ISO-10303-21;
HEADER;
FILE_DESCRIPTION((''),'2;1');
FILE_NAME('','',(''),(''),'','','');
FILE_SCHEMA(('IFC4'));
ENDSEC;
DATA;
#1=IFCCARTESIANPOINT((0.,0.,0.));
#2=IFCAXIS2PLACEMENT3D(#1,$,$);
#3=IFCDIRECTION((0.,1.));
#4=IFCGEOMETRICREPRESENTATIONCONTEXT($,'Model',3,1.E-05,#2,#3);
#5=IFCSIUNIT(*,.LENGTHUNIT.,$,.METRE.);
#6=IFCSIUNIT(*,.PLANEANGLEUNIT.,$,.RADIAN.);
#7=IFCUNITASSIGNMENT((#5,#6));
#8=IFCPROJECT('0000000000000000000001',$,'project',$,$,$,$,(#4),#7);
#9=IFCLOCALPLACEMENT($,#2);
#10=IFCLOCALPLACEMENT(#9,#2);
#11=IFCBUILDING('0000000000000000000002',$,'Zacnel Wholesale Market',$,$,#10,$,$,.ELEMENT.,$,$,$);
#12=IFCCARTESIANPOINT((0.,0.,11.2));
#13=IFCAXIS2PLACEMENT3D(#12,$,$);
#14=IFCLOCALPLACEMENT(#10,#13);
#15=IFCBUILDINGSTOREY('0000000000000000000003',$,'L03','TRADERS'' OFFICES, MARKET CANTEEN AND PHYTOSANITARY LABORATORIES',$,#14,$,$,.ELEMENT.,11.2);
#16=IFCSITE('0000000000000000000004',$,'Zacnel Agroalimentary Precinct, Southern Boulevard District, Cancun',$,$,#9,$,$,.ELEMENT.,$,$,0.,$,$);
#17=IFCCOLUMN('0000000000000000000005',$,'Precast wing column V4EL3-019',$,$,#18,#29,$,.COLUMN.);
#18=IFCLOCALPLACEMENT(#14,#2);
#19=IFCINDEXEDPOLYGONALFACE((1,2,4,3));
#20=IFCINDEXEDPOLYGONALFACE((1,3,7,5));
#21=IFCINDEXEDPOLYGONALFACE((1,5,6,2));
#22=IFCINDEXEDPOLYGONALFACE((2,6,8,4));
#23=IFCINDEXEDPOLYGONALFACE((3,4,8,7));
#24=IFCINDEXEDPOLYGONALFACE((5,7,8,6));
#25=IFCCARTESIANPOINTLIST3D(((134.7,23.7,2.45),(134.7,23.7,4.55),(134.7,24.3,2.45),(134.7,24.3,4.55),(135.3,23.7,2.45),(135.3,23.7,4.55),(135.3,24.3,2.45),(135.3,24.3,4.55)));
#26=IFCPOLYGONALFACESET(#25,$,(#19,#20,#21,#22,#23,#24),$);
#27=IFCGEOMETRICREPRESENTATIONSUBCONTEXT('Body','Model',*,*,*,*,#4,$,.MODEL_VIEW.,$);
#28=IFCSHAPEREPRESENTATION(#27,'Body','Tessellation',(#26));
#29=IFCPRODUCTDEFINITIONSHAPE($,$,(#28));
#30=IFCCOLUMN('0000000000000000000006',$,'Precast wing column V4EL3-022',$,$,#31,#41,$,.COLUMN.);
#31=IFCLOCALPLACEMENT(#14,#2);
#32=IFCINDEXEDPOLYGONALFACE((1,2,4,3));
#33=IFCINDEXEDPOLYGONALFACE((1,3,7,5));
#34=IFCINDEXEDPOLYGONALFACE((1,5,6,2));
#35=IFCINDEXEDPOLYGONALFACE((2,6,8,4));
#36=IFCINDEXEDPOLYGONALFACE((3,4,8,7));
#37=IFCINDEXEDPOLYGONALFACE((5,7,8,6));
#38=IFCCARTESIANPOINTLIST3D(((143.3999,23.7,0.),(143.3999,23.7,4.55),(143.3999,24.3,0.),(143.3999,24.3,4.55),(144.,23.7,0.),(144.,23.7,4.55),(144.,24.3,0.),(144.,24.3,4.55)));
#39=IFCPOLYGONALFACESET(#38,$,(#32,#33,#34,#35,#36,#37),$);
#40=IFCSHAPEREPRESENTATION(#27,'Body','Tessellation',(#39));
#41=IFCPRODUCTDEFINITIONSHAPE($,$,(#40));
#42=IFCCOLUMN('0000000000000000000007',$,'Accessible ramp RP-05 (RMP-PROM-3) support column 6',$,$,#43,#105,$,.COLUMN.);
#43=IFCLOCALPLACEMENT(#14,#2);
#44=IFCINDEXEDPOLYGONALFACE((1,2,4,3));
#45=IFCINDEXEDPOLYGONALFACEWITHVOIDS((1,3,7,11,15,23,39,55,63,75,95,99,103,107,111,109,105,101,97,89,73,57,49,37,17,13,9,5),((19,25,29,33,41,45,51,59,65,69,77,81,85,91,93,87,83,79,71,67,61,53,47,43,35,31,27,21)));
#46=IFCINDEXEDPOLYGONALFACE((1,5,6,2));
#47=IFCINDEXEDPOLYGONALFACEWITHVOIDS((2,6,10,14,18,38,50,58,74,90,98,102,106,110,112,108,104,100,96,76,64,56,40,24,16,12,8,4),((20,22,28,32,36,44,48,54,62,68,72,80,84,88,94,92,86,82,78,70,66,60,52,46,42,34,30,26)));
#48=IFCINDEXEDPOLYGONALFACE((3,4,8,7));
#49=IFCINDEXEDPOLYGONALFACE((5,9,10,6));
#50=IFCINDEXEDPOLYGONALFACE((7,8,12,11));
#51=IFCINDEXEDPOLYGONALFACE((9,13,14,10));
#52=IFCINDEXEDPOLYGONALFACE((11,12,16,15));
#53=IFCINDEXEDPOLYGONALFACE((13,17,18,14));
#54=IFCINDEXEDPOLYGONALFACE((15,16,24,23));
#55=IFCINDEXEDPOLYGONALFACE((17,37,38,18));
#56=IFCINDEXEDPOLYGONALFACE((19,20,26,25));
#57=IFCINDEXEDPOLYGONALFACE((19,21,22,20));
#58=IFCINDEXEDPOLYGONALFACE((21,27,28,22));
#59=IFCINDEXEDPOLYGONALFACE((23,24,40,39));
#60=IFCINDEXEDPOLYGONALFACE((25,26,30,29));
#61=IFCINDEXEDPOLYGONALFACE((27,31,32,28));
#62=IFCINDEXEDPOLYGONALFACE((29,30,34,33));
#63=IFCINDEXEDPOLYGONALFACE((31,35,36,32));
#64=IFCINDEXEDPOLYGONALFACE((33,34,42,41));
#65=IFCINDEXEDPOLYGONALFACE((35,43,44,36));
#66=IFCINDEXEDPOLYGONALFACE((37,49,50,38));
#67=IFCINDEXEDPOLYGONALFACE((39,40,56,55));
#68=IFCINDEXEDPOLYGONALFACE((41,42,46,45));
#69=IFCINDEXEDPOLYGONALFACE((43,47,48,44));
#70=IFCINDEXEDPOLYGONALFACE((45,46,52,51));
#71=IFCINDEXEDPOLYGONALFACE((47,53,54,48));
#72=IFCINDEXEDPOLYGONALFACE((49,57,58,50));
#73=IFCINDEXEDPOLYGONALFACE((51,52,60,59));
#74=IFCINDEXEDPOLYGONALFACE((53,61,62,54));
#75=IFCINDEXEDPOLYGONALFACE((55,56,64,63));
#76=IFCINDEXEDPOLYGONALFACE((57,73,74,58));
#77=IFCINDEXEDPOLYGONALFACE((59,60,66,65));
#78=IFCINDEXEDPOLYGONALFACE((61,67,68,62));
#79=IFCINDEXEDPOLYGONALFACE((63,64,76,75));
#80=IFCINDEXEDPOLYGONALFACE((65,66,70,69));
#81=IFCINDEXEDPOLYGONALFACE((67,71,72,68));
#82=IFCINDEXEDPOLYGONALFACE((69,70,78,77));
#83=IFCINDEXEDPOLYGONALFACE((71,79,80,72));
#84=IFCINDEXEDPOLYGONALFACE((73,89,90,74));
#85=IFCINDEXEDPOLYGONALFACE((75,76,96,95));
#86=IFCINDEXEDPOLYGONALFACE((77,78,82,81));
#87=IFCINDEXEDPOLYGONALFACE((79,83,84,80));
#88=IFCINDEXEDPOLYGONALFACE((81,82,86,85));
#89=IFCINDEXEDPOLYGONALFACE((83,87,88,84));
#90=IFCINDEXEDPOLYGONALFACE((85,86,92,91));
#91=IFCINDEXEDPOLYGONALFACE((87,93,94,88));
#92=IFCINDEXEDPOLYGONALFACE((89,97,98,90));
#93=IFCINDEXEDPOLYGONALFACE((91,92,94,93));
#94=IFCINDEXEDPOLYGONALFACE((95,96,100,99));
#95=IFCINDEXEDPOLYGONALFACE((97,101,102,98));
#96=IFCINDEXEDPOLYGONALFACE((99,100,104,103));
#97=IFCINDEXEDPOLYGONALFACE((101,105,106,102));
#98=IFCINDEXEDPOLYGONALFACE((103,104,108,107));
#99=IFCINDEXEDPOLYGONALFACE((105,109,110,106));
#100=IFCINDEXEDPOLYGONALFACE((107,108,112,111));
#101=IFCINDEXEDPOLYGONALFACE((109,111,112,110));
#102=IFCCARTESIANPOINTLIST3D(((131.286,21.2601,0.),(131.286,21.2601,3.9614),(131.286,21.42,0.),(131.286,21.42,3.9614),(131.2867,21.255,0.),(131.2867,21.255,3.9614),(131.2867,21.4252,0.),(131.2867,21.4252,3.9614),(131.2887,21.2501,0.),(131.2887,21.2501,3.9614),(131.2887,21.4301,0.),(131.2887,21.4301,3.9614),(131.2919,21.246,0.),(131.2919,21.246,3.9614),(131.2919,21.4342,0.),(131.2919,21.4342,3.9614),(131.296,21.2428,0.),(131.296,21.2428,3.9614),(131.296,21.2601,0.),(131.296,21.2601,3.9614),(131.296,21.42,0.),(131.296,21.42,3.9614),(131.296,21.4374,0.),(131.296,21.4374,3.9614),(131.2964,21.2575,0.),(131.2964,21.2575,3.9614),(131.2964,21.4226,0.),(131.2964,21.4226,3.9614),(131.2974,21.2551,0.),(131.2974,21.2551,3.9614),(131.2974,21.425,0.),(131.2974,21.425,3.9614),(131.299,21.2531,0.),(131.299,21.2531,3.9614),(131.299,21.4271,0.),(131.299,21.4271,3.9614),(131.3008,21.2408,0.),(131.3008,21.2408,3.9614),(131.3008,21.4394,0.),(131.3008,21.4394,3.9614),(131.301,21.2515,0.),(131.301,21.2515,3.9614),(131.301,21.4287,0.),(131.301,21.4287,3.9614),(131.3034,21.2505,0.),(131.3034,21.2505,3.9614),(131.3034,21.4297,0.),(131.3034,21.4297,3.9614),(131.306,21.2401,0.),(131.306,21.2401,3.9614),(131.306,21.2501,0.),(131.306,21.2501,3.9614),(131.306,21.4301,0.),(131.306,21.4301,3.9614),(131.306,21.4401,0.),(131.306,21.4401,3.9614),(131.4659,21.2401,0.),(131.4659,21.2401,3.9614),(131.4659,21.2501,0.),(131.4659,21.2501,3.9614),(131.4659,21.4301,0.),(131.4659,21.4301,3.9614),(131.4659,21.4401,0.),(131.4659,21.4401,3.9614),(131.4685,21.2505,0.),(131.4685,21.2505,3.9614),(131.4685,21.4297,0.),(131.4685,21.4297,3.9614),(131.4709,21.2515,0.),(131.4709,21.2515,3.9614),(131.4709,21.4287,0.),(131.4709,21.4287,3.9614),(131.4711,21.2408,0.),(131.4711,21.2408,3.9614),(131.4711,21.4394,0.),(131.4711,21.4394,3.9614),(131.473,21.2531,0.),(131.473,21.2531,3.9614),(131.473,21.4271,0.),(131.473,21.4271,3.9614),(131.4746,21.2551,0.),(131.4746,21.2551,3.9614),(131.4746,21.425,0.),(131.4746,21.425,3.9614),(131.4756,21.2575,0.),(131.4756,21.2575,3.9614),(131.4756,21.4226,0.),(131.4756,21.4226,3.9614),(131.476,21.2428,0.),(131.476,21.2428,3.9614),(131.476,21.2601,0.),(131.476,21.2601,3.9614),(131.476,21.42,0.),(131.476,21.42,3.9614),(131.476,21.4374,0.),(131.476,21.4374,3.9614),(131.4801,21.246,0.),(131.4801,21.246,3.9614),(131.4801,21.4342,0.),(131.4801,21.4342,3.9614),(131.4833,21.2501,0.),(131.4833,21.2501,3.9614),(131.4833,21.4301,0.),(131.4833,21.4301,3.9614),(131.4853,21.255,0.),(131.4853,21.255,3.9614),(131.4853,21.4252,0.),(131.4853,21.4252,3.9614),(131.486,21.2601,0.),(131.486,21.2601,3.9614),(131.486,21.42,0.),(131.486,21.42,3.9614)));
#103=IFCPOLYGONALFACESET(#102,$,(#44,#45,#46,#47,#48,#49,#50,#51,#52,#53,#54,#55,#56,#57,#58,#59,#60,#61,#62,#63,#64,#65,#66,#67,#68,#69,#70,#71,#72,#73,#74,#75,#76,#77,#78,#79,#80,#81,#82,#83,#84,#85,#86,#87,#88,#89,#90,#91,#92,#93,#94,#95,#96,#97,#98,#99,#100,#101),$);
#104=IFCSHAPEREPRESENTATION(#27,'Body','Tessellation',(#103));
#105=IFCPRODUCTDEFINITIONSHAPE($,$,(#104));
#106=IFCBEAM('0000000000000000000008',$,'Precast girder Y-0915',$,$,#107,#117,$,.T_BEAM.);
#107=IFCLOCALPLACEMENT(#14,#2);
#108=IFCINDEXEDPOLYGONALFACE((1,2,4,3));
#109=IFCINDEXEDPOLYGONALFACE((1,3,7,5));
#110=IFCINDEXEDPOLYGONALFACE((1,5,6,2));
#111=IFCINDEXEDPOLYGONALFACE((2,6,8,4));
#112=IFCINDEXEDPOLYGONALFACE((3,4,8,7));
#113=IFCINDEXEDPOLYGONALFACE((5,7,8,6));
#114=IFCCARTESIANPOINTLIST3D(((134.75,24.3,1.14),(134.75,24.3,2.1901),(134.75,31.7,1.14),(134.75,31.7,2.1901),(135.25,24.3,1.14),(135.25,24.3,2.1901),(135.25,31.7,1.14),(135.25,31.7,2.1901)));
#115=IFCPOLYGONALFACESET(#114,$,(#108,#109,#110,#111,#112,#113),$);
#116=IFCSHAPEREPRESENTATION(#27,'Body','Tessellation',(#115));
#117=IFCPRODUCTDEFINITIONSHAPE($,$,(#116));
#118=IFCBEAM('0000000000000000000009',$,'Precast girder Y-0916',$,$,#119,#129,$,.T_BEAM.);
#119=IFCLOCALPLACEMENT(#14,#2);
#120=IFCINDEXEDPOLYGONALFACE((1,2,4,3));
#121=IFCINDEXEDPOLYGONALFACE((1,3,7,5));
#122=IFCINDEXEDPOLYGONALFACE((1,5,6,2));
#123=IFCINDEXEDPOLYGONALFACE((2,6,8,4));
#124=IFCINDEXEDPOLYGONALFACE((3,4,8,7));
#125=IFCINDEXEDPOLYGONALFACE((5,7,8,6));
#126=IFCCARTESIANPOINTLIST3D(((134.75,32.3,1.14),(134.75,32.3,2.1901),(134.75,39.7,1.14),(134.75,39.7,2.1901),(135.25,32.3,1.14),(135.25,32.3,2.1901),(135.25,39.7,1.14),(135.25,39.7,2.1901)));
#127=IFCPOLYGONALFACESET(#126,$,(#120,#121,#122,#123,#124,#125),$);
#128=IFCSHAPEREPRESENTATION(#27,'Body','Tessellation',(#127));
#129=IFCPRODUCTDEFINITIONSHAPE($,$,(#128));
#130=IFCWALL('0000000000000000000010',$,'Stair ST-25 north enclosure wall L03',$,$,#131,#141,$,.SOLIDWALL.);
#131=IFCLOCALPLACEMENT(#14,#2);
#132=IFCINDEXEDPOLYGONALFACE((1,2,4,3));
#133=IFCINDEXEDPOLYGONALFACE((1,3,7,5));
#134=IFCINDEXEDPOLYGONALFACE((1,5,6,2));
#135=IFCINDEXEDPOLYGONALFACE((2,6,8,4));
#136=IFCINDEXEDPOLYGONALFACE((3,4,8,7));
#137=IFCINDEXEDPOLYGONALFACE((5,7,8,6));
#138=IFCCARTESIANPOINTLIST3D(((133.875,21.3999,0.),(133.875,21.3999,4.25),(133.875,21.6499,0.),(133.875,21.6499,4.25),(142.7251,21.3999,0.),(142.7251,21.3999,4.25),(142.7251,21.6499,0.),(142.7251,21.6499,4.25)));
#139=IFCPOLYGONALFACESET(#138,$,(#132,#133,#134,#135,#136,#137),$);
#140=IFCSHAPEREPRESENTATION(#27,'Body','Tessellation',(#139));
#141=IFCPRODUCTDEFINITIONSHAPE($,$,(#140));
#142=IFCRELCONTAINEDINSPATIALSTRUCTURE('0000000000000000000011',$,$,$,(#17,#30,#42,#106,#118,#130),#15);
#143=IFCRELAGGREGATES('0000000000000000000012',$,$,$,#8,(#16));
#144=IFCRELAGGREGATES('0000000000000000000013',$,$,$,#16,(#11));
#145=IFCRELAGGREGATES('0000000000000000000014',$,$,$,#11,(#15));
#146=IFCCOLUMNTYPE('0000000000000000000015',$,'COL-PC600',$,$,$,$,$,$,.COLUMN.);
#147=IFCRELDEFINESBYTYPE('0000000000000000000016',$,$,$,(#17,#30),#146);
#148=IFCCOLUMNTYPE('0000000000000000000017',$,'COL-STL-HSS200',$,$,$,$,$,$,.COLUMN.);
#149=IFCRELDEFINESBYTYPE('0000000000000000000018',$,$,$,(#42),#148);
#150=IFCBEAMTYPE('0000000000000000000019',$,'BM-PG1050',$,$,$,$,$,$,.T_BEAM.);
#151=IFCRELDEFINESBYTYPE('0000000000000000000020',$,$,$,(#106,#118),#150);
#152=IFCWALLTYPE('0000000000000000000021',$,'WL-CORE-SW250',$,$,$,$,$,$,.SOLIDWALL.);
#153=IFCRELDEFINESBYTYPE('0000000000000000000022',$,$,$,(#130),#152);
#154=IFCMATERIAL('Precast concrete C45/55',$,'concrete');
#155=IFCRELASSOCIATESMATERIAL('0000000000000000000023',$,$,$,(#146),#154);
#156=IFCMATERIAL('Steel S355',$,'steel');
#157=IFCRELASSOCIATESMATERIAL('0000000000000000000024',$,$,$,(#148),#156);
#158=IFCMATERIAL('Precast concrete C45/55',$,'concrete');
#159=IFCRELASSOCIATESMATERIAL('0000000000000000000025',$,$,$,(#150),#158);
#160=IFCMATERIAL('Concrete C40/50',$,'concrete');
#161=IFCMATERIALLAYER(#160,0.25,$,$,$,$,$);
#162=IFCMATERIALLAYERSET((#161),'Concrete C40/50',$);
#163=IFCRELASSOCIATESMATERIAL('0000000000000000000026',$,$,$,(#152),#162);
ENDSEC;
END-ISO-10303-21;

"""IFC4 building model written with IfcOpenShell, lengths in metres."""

from ifc_helpers import new_model, si_unit, direction, frame, frame_2d, origin, origin_2d, place, context, subcontext, project, spatial, rectangle, hollow_rectangle, extrude, material, layer, layer_set, material_profile, profile_set, type_object, element, save


model = new_model("IFC4")

# Units and contexts
model_context = context("Model", 3, precision=1e-05, world=origin(), true_north=direction((0.0, 1.0)))
body_context = subcontext(model_context, "Body", "Model", "MODEL_VIEW")
ifc_project = project(units=[si_unit("LENGTHUNIT", "METRE"), si_unit("PLANEANGLEUNIT", "RADIAN")], contexts=[model_context])

# Site, building, storey
site_placement = place(None, origin())
site = spatial("IfcSite", under=ifc_project, at=site_placement, Name="Zacnel Agroalimentary Precinct, Southern Boulevard District, Cancun", CompositionType="ELEMENT", RefElevation=0.0)
building_placement = place(site_placement, origin())
building = spatial("IfcBuilding", under=site, at=building_placement, Name="Zacnel Wholesale Market", CompositionType="ELEMENT")
storey_placement = place(building_placement, frame((0.0, 0.0, 11.2)))
storey = spatial("IfcBuildingStorey", under=building, at=storey_placement, Name="L03", Description="TRADERS' OFFICES, MARKET CANTEEN AND PHYTOSANITARY LABORATORIES", CompositionType="ELEMENT", Elevation=11.2)

# Columns
ifc_material_1 = material(Name="Precast concrete C45/55", Category="concrete")
ifc_material_profile_1 = material_profile(ifc_material_1, rectangle(XDim=0.6001, YDim=0.6001, at=origin_2d()), Name="PC 600x600")
ifc_profile_set_1 = profile_set([ifc_material_profile_1], Name="Precast concrete C45/55")
column_type_1 = type_object("IfcColumnType", Name="COL-PC600", PredefinedType="COLUMN", material=ifc_profile_set_1)
column_1_placement = place(storey_placement, frame((135.0, 24.0, 2.45), z_axis=(0.0, 0.0, 1.0), x_axis=(1.0, 0.0, 0.0)))
element("IfcColumn", 1, at=column_1_placement, inside=storey, type_object=column_type_1, Name="Precast wing column V4EL3-019", PredefinedType="COLUMN", context=body_context, shape_type="SweptSolid", body=[
    extrude(rectangle(XDim=0.6001, YDim=0.6001, at=origin_2d()), origin(), (0.0, 0.0, 1.0), 2.1001),
])
column_2_placement = place(storey_placement, frame((143.7, 24.0, 0.0), z_axis=(0.0, 0.0, 1.0), x_axis=(1.0, 0.0, 0.0)))
element("IfcColumn", 2, at=column_2_placement, inside=storey, type_object=column_type_1, Name="Precast wing column V4EL3-022", PredefinedType="COLUMN", context=body_context, shape_type="SweptSolid", body=[
    extrude(rectangle(XDim=0.6001, YDim=0.6001, at=origin_2d()), origin(), (0.0, 0.0, 1.0), 4.55),
])
ifc_material_2 = material(Name="Steel S355", Category="steel")
ifc_material_profile_2 = material_profile(ifc_material_2, hollow_rectangle(XDim=0.2, YDim=0.2, WallThickness=0.01, InnerFilletRadius=0.01, OuterFilletRadius=0.02, at=origin_2d()), Name="HSS 200x200x10")
ifc_profile_set_2 = profile_set([ifc_material_profile_2], Name="Steel S355")
column_type_2 = type_object("IfcColumnType", Name="COL-STL-HSS200", PredefinedType="COLUMN", material=ifc_profile_set_2)
column_3_placement = place(storey_placement, frame((131.386, 21.3401, 0.0), z_axis=(0.0, 0.0, 1.0), x_axis=(1.0, 0.0, 0.0)))
element("IfcColumn", 3, at=column_3_placement, inside=storey, type_object=column_type_2, Name="Accessible ramp RP-05 (RMP-PROM-3) support column 6", PredefinedType="COLUMN", context=body_context, shape_type="SweptSolid", body=[
    extrude(hollow_rectangle(XDim=0.2, YDim=0.2, WallThickness=0.01, InnerFilletRadius=0.01, OuterFilletRadius=0.02, at=origin_2d()), origin(), (0.0, 0.0, 1.0), 3.9614),
])

# Beams
ifc_material_3 = material(Name="Precast concrete C45/55", Category="concrete")
ifc_material_profile_3 = material_profile(ifc_material_3, rectangle(XDim=0.5, YDim=1.05, at=origin_2d()), Name="PG 500x1050")
ifc_profile_set_3 = profile_set([ifc_material_profile_3], Name="Precast concrete C45/55")
beam_type = type_object("IfcBeamType", Name="BM-PG1050", PredefinedType="T_BEAM", material=ifc_profile_set_3)
for number, where, z_axis, x_axis, name in (
    (4, (135.0, 24.3, 1.665), (0.0, 1.0, 0.0), (-1.0, 0.0, 0.0), "Precast girder Y-0915"),
    (5, (135.0, 32.3, 1.665), (0.0, 1.0, 0.0), (-1.0, 0.0, 0.0), "Precast girder Y-0916"),
):
    element("IfcBeam", number, at=place(storey_placement, frame(where, z_axis=z_axis, x_axis=x_axis)), inside=storey, type_object=beam_type, Name=name, PredefinedType="T_BEAM", context=body_context, shape_type="SweptSolid", body=[
        extrude(rectangle(XDim=0.5, YDim=1.05, at=origin_2d()), origin(), (0.0, 0.0, 1.0), 7.3999),
    ])

# Wall
ifc_material_4 = material(Name="Concrete C40/50", Category="concrete")
ifc_layer_1 = layer(ifc_material_4, 0.25)
ifc_layer_set_1 = layer_set([ifc_layer_1], Name="Concrete C40/50")
wall_type_1 = type_object("IfcWallType", Name="WL-CORE-SW250", PredefinedType="SOLIDWALL", material=ifc_layer_set_1)
wall_1_placement = place(storey_placement, frame((133.875, 21.5249, 0.0), z_axis=(0.0, 0.0, 1.0), x_axis=(1.0, 0.0, 0.0)))
element("IfcWall", 6, at=wall_1_placement, inside=storey, type_object=wall_type_1, Name="Stair ST-25 north enclosure wall L03", PredefinedType="SOLIDWALL", context=body_context, shape_type="SweptSolid", body=[
    extrude(rectangle(XDim=8.8501, YDim=0.25, at=frame_2d((4.425, 0.0))), origin(), (0.0, 0.0, 1.0), 4.25),
])

save(model, "model.ifc")
